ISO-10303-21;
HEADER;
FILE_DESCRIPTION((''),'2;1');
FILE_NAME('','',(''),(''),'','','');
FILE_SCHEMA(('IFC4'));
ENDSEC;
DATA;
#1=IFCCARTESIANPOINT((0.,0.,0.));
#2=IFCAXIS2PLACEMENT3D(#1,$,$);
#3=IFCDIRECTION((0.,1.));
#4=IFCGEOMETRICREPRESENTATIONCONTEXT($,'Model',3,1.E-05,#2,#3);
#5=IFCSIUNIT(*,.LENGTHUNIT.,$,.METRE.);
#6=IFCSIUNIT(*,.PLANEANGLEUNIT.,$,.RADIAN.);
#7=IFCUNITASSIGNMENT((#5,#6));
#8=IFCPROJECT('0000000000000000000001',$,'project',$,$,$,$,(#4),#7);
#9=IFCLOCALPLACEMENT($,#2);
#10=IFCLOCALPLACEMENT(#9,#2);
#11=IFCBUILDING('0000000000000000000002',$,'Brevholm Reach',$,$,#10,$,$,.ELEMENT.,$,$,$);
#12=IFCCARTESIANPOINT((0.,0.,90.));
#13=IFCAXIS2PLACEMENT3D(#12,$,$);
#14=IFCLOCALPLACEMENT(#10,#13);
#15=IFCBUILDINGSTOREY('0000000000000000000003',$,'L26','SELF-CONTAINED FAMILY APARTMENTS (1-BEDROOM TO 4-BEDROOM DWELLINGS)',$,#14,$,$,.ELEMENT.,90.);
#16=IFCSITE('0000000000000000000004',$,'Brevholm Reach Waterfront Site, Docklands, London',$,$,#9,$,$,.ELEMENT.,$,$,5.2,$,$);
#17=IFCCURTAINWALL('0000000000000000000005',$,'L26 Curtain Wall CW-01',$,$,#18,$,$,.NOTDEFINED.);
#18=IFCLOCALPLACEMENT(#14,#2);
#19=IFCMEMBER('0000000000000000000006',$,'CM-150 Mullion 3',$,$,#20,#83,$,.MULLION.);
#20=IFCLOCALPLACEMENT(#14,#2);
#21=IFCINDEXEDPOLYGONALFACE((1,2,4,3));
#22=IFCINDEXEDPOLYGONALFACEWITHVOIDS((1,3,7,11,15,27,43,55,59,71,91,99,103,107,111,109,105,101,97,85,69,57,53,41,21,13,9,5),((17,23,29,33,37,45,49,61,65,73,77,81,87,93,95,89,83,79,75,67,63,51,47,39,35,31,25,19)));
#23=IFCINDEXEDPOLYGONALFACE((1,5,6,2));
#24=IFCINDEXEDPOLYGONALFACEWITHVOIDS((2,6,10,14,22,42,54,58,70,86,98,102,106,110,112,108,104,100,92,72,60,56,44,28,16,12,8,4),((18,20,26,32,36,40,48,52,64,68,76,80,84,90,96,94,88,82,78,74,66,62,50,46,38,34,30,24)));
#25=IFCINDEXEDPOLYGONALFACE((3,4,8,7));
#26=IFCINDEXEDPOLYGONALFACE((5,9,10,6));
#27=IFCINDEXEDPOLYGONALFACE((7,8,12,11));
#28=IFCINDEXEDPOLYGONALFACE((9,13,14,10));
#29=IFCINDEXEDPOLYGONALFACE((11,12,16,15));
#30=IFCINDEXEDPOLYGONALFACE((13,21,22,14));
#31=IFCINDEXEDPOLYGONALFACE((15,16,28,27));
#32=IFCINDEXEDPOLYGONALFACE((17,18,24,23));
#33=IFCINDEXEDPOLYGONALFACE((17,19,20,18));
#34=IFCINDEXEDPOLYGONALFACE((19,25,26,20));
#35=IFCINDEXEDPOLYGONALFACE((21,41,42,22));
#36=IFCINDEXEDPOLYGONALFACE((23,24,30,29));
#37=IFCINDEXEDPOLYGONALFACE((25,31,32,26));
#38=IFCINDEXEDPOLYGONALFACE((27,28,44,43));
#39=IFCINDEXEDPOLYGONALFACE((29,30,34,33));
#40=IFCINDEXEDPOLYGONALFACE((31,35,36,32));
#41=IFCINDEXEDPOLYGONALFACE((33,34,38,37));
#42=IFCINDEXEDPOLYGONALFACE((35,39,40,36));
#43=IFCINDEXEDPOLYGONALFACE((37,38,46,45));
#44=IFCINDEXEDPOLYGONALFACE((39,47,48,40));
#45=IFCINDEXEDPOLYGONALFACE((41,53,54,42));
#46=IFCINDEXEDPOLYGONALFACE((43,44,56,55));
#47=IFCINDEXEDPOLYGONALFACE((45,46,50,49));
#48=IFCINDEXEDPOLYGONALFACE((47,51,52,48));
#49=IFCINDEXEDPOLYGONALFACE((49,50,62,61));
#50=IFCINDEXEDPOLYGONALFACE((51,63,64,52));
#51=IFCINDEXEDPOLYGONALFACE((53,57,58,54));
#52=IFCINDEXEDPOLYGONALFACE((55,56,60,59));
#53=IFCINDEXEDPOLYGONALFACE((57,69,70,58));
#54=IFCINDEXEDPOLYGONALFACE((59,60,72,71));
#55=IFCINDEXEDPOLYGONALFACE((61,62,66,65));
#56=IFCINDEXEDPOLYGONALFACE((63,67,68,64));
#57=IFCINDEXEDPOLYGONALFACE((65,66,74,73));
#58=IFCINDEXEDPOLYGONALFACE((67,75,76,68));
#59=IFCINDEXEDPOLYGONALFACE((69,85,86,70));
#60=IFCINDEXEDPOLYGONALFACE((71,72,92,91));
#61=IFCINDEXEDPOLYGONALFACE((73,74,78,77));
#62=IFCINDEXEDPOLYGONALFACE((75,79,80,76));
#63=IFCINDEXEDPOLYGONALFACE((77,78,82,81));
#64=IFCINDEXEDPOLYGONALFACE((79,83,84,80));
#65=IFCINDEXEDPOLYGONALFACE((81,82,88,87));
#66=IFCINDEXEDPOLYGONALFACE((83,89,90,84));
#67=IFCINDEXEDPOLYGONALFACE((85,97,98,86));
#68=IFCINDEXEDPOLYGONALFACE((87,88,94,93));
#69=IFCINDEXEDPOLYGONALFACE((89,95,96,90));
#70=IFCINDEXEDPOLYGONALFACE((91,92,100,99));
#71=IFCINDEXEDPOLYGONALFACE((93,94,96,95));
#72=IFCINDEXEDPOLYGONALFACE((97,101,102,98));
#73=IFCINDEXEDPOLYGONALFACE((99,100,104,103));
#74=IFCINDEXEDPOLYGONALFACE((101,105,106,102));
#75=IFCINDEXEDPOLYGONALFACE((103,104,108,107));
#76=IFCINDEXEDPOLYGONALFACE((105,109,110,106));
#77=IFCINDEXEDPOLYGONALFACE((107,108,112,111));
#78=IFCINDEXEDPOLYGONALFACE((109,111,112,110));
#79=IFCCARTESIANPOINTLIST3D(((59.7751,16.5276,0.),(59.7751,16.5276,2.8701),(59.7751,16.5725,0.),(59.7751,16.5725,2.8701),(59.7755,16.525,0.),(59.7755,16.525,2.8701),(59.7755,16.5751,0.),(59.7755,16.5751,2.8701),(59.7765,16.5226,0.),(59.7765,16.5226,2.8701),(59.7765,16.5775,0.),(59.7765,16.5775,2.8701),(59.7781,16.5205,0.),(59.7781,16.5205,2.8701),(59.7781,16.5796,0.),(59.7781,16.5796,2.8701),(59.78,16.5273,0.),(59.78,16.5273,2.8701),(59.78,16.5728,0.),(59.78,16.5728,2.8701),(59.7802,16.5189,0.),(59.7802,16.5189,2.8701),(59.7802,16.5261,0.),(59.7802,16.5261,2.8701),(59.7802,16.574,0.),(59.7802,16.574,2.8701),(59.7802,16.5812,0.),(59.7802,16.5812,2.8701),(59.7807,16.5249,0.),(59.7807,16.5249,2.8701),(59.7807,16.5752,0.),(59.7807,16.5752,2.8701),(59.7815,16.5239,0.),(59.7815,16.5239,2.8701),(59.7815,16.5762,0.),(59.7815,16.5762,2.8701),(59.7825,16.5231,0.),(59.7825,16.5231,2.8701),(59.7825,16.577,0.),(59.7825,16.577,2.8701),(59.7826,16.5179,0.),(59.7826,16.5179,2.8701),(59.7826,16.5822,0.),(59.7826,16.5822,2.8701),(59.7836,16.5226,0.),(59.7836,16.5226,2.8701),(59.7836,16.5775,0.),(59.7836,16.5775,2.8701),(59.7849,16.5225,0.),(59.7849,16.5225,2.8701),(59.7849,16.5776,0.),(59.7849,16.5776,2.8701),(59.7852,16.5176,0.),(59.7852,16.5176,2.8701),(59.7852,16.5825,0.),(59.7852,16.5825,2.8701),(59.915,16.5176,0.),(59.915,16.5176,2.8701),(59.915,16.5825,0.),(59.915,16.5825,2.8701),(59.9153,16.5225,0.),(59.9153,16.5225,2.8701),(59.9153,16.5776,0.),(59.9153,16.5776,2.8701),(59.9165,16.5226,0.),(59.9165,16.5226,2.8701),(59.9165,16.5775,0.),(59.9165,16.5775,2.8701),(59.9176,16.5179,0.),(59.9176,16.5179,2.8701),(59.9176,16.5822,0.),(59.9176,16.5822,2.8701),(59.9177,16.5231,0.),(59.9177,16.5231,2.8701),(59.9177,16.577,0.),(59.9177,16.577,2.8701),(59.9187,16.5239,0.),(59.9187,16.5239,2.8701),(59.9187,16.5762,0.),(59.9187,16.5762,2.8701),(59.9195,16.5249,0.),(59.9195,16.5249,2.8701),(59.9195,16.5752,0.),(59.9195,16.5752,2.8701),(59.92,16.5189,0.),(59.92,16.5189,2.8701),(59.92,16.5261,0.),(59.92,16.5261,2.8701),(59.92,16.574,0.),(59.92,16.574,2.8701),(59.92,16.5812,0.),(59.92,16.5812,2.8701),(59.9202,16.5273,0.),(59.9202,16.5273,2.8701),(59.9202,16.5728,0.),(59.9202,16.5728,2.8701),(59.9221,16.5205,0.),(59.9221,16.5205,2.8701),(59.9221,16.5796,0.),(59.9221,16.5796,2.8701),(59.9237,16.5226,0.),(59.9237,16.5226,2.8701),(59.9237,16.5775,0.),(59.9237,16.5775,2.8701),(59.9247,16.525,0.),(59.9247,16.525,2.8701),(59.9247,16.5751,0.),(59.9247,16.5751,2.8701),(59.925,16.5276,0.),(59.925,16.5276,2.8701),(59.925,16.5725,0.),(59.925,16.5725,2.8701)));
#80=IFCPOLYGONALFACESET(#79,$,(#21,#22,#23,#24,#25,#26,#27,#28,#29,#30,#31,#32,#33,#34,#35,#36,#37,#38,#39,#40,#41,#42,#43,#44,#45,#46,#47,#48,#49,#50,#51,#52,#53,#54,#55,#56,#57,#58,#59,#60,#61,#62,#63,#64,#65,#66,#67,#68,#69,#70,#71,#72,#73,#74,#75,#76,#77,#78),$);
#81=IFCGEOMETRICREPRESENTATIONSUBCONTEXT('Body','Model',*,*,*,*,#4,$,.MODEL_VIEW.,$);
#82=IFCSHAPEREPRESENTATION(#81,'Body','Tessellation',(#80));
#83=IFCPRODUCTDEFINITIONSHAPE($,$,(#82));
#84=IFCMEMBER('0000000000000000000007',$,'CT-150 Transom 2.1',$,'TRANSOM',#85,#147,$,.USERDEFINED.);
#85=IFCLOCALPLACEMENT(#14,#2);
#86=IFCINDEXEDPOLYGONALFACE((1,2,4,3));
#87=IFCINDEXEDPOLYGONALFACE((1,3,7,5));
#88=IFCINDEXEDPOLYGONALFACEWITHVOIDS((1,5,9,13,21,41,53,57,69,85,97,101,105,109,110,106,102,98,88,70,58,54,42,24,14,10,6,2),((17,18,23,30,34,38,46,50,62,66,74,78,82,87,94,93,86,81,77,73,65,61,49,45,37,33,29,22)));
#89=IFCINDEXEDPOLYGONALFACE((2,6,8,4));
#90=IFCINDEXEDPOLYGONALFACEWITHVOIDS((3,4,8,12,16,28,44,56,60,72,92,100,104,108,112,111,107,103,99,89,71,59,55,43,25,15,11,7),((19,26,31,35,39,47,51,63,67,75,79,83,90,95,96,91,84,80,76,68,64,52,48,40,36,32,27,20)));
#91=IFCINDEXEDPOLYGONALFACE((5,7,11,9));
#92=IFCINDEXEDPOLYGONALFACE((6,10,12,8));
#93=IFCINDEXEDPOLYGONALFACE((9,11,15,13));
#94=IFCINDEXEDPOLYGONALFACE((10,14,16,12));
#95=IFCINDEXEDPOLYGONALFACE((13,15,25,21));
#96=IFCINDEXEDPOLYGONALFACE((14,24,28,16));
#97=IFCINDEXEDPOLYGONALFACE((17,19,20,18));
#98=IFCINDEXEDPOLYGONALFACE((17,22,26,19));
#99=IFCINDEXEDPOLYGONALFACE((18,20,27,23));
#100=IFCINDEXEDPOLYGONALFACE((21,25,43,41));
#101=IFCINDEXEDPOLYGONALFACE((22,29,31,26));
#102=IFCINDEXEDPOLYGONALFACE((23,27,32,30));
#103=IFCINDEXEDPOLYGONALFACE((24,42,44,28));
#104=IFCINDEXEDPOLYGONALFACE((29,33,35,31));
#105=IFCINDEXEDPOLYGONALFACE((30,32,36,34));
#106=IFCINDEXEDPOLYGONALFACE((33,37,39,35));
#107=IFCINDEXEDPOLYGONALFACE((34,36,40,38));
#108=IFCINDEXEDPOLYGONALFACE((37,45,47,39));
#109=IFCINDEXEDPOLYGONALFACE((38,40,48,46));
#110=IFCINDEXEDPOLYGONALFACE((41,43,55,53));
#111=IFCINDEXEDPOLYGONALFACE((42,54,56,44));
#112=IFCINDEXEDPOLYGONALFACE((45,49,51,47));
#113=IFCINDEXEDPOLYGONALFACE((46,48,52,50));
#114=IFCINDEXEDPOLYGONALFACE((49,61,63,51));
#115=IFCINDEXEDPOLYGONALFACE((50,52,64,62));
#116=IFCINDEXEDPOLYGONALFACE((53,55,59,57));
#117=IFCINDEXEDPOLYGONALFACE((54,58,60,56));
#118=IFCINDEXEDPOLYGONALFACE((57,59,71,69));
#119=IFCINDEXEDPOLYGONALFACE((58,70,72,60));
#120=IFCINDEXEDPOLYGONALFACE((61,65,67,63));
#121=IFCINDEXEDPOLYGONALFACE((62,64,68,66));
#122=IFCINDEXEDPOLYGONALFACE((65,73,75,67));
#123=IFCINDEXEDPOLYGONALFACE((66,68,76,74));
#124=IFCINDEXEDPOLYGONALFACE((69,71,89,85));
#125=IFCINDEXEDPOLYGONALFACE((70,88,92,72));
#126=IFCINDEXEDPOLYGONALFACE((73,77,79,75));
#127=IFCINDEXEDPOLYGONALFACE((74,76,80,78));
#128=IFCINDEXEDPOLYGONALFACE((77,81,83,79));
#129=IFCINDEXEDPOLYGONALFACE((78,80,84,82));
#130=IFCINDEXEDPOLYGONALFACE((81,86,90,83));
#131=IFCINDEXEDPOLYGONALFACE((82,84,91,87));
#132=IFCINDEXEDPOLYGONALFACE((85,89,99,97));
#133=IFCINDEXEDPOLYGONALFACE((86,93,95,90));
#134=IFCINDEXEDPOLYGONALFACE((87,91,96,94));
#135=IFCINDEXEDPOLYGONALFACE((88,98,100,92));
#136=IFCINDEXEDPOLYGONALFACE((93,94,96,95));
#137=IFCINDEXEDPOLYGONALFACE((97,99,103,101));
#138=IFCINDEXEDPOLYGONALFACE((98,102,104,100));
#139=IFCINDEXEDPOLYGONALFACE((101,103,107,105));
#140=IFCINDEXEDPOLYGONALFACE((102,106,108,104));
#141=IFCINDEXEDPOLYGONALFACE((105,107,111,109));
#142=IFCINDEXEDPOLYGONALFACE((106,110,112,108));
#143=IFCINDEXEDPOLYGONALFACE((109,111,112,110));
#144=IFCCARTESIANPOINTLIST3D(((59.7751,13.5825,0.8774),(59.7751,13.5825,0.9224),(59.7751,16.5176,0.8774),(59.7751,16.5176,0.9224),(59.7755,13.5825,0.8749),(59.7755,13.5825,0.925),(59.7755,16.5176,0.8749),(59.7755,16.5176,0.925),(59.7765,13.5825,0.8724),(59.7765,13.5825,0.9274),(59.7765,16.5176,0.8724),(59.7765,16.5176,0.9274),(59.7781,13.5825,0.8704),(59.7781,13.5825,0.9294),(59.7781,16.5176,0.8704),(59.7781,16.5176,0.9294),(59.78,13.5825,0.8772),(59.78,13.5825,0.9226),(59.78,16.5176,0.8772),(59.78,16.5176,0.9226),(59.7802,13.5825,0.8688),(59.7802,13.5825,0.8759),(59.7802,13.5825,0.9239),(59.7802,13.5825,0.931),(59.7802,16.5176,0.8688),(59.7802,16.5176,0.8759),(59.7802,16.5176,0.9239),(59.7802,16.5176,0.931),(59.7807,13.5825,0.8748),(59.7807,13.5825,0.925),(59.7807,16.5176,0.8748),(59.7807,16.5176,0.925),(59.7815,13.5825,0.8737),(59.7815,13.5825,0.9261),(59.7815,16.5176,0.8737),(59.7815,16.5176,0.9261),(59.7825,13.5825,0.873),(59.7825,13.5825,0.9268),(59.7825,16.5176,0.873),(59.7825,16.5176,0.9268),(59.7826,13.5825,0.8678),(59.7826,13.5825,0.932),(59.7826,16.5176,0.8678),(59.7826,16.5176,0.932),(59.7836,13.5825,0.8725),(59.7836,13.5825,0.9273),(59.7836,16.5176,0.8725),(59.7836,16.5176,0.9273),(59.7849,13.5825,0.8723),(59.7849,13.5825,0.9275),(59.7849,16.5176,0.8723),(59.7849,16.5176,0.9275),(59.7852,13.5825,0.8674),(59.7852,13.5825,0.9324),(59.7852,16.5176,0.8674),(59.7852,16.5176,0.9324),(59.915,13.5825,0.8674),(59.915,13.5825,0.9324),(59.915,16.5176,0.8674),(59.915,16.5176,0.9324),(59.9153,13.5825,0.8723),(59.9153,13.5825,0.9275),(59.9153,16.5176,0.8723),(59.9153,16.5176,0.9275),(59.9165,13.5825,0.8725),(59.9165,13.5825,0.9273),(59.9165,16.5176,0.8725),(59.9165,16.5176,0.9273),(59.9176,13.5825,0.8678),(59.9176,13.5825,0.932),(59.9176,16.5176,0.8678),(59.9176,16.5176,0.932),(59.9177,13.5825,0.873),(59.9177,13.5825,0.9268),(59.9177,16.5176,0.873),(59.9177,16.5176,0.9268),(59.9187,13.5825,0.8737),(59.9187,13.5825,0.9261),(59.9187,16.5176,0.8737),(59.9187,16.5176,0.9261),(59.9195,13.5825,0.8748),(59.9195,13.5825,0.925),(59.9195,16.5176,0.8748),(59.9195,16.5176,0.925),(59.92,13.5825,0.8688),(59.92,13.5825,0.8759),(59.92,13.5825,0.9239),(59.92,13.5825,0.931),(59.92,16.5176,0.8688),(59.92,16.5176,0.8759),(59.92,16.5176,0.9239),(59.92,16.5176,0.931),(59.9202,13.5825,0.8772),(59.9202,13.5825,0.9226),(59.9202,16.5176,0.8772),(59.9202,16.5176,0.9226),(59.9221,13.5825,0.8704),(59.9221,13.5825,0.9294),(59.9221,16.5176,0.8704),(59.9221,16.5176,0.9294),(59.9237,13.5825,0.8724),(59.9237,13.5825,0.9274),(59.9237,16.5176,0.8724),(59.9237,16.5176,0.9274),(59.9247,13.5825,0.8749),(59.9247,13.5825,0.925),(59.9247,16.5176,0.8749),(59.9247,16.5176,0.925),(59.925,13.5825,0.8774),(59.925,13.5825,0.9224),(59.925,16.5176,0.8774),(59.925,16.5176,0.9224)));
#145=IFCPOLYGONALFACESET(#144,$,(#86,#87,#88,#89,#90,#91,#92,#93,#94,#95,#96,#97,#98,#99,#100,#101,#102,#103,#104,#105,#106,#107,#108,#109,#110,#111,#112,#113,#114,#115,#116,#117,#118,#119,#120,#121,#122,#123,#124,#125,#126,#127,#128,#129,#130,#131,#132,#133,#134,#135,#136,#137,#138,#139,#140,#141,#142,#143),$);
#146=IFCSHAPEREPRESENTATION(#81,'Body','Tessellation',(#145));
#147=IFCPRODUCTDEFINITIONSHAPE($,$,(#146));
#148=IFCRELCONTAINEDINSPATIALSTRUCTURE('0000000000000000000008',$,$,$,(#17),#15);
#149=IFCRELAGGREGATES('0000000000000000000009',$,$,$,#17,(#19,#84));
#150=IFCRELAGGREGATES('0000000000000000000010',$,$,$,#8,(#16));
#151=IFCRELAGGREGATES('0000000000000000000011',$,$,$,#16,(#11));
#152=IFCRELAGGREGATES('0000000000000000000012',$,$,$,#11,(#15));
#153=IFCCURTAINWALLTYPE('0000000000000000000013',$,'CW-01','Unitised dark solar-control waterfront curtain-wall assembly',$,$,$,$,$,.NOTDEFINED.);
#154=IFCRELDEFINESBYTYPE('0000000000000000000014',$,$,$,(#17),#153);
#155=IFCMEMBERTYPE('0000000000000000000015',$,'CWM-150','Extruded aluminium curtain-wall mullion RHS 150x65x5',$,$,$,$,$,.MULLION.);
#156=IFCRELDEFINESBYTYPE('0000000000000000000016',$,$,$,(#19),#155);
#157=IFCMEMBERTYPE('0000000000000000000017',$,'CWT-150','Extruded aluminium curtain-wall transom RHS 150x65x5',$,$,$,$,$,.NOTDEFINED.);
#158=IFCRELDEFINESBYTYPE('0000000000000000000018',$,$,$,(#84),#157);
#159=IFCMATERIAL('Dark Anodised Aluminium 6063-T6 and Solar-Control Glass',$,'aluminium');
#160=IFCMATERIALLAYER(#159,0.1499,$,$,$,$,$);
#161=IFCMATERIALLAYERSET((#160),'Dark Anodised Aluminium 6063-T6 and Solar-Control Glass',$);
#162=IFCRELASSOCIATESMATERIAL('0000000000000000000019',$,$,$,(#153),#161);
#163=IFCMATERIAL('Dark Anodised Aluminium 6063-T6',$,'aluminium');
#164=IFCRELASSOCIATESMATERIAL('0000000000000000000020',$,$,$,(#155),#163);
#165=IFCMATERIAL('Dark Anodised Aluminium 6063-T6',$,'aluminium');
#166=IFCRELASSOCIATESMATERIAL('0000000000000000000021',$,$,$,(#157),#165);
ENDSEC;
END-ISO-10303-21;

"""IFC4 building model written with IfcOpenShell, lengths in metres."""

from ifc_helpers import new_model, si_unit, direction, frame, origin, origin_2d, place, context, subcontext, project, spatial, hollow_rectangle, extrude, material, layer, layer_set, material_profile, profile_set, type_object, element, aggregate, save


model = new_model("IFC4")

# Units and contexts
model_context = context("Model", 3, precision=1e-05, world=origin(), true_north=direction((0.0, 1.0)))
body_context = subcontext(model_context, "Body", "Model", "MODEL_VIEW")
ifc_project = project(units=[si_unit("LENGTHUNIT", "METRE"), si_unit("PLANEANGLEUNIT", "RADIAN")], contexts=[model_context])

# Site, building, storey
site_placement = place(None, origin())
site = spatial("IfcSite", under=ifc_project, at=site_placement, Name="Brevholm Reach Waterfront Site, Docklands, London", CompositionType="ELEMENT", RefElevation=5.2)
building_placement = place(site_placement, origin())
building = spatial("IfcBuilding", under=site, at=building_placement, Name="Brevholm Reach", CompositionType="ELEMENT")
storey_placement = place(building_placement, frame((0.0, 0.0, 90.0)))
storey = spatial("IfcBuildingStorey", under=building, at=storey_placement, Name="L26", Description="SELF-CONTAINED FAMILY APARTMENTS (1-BEDROOM TO 4-BEDROOM DWELLINGS)", CompositionType="ELEMENT", Elevation=90.0)

# Curtain wall, members
ifc_material_1 = material(Name="Dark Anodised Aluminium 6063-T6 and Solar-Control Glass", Category="aluminium")
ifc_layer_1 = layer(ifc_material_1, 0.1499)
ifc_layer_set_1 = layer_set([ifc_layer_1], Name="Dark Anodised Aluminium 6063-T6 and Solar-Control Glass")
curtain_wall_type = type_object("IfcCurtainWallType", Name="CW-01", Description="Unitised dark solar-control waterfront curtain-wall assembly", PredefinedType="NOTDEFINED", material=ifc_layer_set_1)
curtain_wall_placement = place(storey_placement, origin())
curtain_wall = element("IfcCurtainWall", 1, at=curtain_wall_placement, inside=storey, type_object=curtain_wall_type, Name="L26 Curtain Wall CW-01", PredefinedType="NOTDEFINED")
ifc_material_2 = material(Name="Dark Anodised Aluminium 6063-T6", Category="aluminium")
ifc_material_profile_1 = material_profile(ifc_material_2, hollow_rectangle(XDim=0.0649, YDim=0.1499, WallThickness=0.0049, InnerFilletRadius=0.0049, OuterFilletRadius=0.01, at=origin_2d()), Name="RHS 150x65x5")
ifc_profile_set_1 = profile_set([ifc_material_profile_1], Name="Dark Anodised Aluminium 6063-T6")
member_type_1 = type_object("IfcMemberType", Name="CWM-150", Description="Extruded aluminium curtain-wall mullion RHS 150x65x5", PredefinedType="MULLION", material=ifc_profile_set_1)
member_1_placement = place(storey_placement, frame((59.8501, 16.55, 0.0), z_axis=(0.0, 0.0, 1.0), x_axis=(0.0, 1.0, 0.0)))
member_1 = element("IfcMember", 2, at=member_1_placement, type_object=member_type_1, Name="CM-150 Mullion 3", PredefinedType="MULLION", context=body_context, shape_type="SweptSolid", body=[
    extrude(hollow_rectangle(XDim=0.0649, YDim=0.1499, WallThickness=0.0049, InnerFilletRadius=0.0049, OuterFilletRadius=0.01, at=origin_2d()), origin(), (0.0, 0.0, 1.0), 2.8701),
])
ifc_material_3 = material(Name="Dark Anodised Aluminium 6063-T6", Category="aluminium")
ifc_material_profile_2 = material_profile(ifc_material_3, hollow_rectangle(XDim=0.0649, YDim=0.1499, WallThickness=0.0049, InnerFilletRadius=0.0049, OuterFilletRadius=0.01, at=origin_2d()), Name="RHS 150x65x5")
ifc_profile_set_2 = profile_set([ifc_material_profile_2], Name="Dark Anodised Aluminium 6063-T6")
member_type_2 = type_object("IfcMemberType", Name="CWT-150", Description="Extruded aluminium curtain-wall transom RHS 150x65x5", PredefinedType="NOTDEFINED", material=ifc_profile_set_2)
member_2_placement = place(storey_placement, frame((59.8501, 13.5825, 0.8999), z_axis=(0.0, 1.0, 0.0), x_axis=(0.0, 0.0, 1.0)))
member_2 = element("IfcMember", 3, at=member_2_placement, type_object=member_type_2, Name="CT-150 Transom 2.1", ObjectType="TRANSOM", PredefinedType="USERDEFINED", context=body_context, shape_type="SweptSolid", body=[
    extrude(hollow_rectangle(XDim=0.0649, YDim=0.1499, WallThickness=0.0049, InnerFilletRadius=0.0049, OuterFilletRadius=0.01, at=origin_2d()), origin(), (0.0, 0.0, 1.0), 2.9351),
])
aggregate(curtain_wall, [member_1, member_2])

save(model, "model.ifc")
